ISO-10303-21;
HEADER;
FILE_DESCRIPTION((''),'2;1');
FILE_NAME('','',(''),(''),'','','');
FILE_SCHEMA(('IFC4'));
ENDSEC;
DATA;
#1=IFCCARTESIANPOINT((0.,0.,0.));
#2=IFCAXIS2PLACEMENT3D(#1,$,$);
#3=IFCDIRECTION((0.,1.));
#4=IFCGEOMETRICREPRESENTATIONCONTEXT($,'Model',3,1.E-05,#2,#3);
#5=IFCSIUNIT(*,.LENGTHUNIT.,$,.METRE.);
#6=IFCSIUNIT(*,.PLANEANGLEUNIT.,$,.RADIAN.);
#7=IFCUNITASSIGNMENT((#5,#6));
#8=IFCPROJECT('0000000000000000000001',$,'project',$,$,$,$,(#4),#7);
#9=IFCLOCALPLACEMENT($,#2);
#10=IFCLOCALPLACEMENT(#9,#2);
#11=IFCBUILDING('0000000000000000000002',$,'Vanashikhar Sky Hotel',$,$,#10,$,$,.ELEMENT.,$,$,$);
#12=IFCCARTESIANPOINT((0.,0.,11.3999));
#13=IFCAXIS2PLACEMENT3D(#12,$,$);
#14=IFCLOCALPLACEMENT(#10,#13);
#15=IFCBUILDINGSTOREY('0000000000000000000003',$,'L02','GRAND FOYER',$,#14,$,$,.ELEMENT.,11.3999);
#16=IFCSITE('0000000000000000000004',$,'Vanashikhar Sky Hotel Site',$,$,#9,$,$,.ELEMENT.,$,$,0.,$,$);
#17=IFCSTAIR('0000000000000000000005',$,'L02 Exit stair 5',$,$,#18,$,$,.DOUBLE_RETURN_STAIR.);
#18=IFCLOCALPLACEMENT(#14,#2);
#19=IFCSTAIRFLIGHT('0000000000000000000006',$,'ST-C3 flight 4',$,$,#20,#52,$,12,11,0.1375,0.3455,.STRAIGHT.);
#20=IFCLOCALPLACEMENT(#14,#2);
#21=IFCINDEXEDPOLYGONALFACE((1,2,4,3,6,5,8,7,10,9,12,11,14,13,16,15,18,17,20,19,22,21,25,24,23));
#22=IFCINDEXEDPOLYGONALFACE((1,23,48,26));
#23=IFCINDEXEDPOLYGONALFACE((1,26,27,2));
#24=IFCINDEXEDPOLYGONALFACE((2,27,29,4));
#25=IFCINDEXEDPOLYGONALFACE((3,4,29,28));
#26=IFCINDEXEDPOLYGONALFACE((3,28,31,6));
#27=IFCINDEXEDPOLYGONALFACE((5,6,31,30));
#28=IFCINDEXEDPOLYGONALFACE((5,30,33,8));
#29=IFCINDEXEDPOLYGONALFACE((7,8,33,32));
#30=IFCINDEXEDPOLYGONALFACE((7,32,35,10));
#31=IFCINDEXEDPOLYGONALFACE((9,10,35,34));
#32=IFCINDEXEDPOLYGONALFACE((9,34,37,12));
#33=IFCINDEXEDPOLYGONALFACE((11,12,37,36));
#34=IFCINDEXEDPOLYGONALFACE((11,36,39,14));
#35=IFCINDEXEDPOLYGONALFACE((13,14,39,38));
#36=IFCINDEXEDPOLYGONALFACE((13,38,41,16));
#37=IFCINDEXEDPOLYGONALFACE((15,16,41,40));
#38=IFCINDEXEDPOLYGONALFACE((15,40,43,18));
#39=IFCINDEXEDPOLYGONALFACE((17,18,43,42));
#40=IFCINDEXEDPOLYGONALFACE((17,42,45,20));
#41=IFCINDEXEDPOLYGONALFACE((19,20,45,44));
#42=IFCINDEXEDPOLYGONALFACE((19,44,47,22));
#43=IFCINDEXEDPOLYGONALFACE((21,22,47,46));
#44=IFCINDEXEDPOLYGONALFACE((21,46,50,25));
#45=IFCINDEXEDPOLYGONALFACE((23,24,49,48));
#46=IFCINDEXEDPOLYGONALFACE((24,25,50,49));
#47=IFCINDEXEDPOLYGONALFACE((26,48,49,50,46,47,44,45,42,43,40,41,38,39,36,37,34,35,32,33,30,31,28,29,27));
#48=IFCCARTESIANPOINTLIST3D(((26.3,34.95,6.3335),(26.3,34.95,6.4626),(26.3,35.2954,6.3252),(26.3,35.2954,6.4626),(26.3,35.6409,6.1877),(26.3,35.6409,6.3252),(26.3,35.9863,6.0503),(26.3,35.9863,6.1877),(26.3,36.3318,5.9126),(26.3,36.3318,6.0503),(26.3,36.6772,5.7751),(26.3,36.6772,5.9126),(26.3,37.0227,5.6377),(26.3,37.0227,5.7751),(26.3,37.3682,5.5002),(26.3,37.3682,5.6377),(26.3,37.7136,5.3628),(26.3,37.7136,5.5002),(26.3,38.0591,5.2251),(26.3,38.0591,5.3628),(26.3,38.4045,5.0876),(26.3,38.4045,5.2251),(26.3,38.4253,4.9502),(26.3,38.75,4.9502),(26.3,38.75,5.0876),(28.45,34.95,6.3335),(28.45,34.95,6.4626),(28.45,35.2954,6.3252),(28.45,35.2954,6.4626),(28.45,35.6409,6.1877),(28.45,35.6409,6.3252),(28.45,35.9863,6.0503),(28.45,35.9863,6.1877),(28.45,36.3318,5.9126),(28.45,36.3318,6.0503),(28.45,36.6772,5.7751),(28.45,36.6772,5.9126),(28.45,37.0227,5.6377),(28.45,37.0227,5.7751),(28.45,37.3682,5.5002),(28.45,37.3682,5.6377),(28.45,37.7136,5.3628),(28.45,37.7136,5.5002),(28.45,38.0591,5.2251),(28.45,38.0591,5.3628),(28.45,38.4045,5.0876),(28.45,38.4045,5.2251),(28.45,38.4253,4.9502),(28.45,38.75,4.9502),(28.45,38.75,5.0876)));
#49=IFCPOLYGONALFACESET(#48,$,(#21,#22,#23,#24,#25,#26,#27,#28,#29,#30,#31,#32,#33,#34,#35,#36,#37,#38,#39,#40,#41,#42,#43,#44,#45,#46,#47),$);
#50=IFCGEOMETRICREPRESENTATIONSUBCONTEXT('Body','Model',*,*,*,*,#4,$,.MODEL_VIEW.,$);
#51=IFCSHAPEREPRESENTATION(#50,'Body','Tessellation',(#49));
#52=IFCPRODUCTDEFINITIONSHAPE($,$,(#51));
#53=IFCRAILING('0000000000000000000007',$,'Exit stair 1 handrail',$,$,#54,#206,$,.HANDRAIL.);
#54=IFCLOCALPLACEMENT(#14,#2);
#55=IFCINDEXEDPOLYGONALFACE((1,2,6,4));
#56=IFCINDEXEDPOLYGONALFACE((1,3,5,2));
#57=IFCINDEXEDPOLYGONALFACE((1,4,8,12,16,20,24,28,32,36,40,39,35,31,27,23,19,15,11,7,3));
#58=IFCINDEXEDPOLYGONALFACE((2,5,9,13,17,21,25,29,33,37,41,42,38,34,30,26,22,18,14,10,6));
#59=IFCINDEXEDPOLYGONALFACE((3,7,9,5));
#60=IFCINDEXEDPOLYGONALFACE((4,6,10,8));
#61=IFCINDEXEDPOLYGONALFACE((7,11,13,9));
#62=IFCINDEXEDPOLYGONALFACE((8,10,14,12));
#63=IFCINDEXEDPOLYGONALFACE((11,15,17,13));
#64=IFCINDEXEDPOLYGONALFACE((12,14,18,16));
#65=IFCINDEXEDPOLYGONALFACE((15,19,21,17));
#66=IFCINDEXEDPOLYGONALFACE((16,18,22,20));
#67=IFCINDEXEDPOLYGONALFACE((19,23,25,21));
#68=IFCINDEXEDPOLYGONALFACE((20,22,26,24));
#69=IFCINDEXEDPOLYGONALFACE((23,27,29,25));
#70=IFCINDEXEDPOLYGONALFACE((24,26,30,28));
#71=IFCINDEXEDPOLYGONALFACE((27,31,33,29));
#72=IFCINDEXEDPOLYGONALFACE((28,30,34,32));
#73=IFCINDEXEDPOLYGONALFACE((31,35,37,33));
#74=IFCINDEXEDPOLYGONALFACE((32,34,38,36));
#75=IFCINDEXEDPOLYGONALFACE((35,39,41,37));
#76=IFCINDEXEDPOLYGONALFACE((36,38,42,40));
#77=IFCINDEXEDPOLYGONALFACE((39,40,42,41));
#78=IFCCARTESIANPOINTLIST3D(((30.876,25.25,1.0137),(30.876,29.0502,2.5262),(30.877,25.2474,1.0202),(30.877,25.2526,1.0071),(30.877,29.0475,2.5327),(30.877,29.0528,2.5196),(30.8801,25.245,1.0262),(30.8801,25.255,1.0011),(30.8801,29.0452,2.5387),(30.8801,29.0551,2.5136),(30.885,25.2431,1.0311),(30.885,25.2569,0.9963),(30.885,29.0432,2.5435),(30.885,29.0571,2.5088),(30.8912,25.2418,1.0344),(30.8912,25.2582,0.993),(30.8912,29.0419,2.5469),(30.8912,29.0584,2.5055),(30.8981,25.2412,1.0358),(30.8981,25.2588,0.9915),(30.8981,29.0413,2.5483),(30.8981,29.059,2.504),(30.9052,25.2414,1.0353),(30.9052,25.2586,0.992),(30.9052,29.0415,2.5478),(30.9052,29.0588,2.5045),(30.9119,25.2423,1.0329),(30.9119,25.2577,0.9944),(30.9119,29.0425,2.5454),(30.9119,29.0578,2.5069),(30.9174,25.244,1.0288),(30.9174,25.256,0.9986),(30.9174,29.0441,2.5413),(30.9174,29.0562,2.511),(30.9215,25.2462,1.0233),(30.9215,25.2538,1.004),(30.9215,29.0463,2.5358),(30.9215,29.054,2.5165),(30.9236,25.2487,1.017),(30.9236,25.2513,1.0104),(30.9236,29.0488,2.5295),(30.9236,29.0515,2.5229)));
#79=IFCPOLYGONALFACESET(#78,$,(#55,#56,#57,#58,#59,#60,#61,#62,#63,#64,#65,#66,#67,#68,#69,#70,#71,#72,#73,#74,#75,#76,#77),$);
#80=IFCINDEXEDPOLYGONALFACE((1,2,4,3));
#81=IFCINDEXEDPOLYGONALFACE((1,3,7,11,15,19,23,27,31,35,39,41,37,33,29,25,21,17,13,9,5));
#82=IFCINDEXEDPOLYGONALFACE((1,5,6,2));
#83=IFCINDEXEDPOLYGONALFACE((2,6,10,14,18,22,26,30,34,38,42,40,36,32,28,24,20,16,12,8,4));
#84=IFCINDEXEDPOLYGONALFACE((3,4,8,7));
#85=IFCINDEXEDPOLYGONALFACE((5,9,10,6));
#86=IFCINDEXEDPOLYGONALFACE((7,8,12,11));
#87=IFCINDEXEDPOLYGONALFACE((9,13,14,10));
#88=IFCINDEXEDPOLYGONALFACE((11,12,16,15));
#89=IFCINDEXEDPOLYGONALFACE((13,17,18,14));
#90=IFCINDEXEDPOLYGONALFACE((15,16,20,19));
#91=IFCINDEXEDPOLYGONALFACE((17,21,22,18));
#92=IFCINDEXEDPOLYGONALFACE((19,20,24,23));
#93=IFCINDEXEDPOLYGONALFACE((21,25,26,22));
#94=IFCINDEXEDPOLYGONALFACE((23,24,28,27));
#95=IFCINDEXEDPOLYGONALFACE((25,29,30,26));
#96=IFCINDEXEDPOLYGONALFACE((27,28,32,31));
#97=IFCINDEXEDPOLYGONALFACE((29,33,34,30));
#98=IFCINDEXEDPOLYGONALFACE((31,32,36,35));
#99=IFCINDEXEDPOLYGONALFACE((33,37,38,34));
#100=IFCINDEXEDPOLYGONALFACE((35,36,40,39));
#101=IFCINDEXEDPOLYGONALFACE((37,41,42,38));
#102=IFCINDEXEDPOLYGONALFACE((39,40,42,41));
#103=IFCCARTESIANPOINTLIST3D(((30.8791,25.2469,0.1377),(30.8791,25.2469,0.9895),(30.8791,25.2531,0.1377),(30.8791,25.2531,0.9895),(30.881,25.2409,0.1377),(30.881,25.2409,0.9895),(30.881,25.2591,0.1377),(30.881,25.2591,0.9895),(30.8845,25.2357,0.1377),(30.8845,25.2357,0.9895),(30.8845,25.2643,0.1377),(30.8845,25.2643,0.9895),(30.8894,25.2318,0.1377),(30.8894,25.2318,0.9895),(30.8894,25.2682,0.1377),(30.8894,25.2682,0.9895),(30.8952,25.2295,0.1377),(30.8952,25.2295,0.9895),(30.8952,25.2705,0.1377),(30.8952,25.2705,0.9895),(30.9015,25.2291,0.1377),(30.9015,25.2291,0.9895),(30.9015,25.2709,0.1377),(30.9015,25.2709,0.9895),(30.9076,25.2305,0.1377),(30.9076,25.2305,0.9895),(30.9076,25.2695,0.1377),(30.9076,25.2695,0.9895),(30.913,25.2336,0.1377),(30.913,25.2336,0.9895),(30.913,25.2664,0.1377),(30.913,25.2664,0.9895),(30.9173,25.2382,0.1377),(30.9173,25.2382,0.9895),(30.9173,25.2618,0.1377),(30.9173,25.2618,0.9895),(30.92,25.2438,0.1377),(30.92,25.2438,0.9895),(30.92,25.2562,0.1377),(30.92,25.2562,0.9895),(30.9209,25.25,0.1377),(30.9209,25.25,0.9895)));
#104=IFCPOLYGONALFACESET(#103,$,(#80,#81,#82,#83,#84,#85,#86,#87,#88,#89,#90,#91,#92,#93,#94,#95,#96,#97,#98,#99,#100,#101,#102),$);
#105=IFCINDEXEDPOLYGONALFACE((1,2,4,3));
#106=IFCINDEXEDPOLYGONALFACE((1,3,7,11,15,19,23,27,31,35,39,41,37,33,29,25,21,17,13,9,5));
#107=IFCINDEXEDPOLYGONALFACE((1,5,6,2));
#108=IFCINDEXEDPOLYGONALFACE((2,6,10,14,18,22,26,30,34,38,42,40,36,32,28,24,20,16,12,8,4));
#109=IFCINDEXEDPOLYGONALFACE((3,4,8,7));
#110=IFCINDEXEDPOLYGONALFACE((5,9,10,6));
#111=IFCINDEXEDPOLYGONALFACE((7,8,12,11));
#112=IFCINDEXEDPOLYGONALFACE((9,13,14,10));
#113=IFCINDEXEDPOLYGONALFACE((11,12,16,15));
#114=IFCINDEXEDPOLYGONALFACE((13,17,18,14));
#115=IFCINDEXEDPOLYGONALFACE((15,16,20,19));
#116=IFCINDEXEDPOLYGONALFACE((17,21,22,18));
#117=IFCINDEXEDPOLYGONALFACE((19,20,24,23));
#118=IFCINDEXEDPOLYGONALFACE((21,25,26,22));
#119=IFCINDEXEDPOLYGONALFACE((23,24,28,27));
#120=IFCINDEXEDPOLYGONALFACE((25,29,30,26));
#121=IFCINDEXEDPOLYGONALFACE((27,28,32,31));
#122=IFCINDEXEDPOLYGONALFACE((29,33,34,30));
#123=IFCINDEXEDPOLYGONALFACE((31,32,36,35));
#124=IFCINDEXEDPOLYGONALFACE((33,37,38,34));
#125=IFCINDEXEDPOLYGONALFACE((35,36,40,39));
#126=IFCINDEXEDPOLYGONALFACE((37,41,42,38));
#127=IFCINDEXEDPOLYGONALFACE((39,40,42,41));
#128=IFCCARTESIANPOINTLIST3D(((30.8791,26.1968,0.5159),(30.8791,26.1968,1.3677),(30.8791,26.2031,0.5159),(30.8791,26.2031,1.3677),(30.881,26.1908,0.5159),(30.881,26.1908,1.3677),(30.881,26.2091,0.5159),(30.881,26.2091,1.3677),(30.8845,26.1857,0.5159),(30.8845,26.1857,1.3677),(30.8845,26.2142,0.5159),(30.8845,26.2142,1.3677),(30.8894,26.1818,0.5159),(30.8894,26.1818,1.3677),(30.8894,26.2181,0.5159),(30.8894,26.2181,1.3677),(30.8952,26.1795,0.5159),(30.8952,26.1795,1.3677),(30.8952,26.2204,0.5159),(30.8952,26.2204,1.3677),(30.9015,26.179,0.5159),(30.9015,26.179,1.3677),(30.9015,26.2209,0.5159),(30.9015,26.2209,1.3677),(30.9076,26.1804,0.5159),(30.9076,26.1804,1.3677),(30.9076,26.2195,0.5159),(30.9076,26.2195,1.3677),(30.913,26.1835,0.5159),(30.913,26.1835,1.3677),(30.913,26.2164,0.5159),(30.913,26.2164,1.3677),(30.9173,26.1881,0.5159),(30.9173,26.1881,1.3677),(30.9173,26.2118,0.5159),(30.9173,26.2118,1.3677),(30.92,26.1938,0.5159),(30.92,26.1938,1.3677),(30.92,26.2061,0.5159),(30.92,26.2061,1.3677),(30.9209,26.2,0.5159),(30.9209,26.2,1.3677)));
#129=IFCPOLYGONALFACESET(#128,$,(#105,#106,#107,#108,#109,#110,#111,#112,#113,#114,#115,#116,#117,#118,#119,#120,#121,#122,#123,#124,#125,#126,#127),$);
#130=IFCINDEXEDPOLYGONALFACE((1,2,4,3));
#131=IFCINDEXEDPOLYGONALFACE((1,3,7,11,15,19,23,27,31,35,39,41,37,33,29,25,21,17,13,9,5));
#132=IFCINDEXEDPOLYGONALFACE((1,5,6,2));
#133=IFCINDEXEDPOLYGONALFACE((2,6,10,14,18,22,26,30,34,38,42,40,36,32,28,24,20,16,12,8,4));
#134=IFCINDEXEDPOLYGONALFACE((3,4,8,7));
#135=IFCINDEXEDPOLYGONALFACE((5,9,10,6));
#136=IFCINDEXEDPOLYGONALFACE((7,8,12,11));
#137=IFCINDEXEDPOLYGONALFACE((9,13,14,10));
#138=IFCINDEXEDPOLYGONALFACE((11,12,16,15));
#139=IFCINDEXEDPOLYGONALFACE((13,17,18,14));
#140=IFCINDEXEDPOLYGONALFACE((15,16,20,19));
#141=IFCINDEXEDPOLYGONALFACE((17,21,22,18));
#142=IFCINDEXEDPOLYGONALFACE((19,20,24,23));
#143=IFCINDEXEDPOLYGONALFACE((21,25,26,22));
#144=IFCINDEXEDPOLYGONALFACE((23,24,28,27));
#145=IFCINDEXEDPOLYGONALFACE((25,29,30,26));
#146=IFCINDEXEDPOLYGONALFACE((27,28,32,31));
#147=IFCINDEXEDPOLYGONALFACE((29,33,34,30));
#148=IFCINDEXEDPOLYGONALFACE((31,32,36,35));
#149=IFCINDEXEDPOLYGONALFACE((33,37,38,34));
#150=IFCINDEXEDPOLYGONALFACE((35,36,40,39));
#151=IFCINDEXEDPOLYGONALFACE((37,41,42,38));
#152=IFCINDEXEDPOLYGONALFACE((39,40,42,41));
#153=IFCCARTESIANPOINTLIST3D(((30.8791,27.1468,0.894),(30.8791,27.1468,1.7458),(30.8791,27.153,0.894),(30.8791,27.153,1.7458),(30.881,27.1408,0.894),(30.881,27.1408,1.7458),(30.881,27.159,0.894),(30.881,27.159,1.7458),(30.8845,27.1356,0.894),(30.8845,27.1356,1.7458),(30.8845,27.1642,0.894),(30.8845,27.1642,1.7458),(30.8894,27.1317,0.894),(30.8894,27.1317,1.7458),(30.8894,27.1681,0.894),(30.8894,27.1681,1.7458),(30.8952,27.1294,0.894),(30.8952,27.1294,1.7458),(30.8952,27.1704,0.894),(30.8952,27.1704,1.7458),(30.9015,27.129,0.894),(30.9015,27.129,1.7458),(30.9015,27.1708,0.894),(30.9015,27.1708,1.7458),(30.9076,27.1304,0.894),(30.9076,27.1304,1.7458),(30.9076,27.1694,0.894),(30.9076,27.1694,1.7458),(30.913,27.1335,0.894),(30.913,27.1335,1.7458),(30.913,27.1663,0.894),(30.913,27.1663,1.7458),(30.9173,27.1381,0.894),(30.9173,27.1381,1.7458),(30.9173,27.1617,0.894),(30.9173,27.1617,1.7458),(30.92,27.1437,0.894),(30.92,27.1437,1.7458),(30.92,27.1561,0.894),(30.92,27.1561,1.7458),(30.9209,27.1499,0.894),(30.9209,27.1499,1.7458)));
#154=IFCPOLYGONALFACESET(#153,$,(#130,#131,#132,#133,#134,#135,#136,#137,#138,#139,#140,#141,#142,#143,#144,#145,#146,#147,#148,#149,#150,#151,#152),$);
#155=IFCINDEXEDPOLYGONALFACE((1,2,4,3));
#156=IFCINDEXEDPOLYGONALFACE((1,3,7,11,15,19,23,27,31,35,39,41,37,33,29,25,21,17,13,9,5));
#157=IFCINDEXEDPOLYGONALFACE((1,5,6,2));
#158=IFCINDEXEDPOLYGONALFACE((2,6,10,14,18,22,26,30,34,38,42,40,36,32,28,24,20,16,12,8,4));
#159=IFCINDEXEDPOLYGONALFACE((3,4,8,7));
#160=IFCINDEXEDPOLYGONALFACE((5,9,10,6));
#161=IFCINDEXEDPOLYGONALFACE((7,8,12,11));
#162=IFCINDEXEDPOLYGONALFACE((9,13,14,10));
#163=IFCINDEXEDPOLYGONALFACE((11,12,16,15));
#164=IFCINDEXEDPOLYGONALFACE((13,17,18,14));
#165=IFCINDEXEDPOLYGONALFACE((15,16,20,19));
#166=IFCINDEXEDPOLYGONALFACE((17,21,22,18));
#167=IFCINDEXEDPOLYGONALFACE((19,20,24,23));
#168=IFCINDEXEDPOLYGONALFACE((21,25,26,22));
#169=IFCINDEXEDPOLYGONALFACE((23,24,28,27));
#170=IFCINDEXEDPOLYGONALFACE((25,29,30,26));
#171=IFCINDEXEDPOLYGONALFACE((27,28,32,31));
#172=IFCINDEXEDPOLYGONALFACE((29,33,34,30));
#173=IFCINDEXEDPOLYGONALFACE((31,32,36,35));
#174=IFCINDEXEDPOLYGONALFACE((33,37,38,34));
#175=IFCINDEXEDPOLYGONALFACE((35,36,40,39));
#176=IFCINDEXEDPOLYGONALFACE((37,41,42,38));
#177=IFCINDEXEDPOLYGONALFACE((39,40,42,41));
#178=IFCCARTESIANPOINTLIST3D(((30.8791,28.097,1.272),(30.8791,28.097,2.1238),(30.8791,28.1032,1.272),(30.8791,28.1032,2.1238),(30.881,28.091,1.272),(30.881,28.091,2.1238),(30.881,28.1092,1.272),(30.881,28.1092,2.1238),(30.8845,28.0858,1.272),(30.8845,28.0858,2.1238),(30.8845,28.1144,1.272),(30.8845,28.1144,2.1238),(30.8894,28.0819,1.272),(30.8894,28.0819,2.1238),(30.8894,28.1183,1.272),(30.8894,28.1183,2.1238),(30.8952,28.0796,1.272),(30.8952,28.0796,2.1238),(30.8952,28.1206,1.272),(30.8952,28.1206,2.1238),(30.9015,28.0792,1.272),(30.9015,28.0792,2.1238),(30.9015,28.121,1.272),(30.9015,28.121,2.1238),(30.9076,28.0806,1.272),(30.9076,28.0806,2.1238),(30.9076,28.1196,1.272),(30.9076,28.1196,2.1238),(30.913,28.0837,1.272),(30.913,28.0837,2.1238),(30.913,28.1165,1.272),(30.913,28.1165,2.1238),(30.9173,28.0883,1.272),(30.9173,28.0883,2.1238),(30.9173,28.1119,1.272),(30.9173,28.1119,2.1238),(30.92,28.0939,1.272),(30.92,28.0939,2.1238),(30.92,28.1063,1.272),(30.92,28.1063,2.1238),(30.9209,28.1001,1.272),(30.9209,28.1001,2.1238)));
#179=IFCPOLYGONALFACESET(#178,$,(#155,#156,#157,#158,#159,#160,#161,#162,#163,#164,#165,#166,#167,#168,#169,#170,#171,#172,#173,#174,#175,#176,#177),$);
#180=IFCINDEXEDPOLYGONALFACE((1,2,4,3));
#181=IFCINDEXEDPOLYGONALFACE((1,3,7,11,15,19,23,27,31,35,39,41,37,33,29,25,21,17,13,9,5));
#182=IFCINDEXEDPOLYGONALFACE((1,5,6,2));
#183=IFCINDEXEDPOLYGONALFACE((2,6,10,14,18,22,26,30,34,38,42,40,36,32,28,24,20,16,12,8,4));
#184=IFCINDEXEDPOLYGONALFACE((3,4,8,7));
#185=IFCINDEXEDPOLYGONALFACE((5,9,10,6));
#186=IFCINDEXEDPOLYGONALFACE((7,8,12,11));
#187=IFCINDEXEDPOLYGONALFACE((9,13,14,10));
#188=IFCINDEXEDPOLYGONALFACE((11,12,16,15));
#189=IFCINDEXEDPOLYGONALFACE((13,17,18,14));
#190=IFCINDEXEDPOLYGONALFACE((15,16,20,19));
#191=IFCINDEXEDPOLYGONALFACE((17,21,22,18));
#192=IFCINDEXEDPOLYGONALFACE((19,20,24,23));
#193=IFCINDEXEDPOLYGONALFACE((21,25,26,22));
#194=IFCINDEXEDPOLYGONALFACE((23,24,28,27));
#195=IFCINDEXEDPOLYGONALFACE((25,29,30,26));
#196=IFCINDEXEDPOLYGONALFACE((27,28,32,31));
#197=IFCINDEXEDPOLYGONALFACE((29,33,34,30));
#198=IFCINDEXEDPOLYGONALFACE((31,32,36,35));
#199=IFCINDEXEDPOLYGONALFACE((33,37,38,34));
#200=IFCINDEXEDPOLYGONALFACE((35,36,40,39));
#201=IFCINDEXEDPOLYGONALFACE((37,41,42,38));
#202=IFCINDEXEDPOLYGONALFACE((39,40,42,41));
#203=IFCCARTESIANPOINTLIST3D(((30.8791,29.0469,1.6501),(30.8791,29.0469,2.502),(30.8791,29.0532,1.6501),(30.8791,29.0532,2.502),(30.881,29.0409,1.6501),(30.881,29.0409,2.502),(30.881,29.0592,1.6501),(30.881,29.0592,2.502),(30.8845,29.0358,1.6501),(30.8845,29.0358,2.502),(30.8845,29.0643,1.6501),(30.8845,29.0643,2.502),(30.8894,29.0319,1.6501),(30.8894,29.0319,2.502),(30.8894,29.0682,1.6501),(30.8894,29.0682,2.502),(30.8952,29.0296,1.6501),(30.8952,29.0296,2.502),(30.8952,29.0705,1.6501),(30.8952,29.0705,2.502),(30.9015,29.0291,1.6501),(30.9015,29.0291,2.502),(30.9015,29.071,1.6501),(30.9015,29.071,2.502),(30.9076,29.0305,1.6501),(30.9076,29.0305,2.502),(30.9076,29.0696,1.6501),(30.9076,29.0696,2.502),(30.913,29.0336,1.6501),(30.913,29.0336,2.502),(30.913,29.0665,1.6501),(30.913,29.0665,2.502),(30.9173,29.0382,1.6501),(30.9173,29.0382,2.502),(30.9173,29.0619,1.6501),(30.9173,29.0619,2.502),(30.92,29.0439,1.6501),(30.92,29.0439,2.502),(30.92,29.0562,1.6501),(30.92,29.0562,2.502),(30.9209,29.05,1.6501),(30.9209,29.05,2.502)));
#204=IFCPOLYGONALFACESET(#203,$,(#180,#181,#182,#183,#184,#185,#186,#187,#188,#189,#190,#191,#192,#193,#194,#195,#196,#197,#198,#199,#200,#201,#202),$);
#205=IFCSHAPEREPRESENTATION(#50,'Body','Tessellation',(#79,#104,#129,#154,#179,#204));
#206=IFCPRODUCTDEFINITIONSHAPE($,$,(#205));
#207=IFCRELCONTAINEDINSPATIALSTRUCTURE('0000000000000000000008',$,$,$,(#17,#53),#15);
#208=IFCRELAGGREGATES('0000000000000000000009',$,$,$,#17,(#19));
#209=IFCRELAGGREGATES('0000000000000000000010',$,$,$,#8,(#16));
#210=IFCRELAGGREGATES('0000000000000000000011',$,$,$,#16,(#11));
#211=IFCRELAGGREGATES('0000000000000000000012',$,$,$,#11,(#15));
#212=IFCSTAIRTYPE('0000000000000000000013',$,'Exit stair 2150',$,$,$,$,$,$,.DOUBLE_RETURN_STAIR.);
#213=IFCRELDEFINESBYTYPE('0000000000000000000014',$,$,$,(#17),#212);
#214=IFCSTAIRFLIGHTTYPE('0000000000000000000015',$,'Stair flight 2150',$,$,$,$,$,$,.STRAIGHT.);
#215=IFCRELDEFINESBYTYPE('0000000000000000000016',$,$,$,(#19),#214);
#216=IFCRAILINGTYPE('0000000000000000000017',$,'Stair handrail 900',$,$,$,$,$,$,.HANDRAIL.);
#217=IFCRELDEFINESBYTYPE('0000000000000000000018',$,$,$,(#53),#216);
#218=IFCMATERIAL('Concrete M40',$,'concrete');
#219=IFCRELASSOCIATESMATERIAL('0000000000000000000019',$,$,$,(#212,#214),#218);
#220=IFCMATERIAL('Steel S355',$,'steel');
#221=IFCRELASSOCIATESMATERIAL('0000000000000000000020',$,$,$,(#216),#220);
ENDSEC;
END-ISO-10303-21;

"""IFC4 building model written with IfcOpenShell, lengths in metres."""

from ifc_helpers import new_model, si_unit, direction, frame, origin, origin_2d, place, context, subcontext, project, spatial, polyline, circle, outline, extrude, source, transform, mapped, material, type_object, element, aggregate, save


model = new_model("IFC4")

# Units and contexts
model_context = context("Model", 3, precision=1e-05, world=origin(), true_north=direction((0.0, 1.0)))
body_context = subcontext(model_context, "Body", "Model", "MODEL_VIEW")
ifc_project = project(units=[si_unit("LENGTHUNIT", "METRE"), si_unit("PLANEANGLEUNIT", "RADIAN")], contexts=[model_context])

# Site, building, storey
site_placement = place(None, origin())
site = spatial("IfcSite", under=ifc_project, at=site_placement, Name="Vanashikhar Sky Hotel Site", CompositionType="ELEMENT", RefElevation=0.0)
building_placement = place(site_placement, origin())
building = spatial("IfcBuilding", under=site, at=building_placement, Name="Vanashikhar Sky Hotel", CompositionType="ELEMENT")
storey_placement = place(building_placement, frame((0.0, 0.0, 11.3999)))
storey = spatial("IfcBuildingStorey", under=building, at=storey_placement, Name="L02", Description="GRAND FOYER", CompositionType="ELEMENT", Elevation=11.3999)

# Stair, stair flight
ifc_material_1 = material(Name="Concrete M40", Category="concrete")
stair_type = type_object("IfcStairType", Name="Exit stair 2150", PredefinedType="DOUBLE_RETURN_STAIR", material=ifc_material_1)
stair_flight_type = type_object("IfcStairFlightType", Name="Stair flight 2150", PredefinedType="STRAIGHT", material=ifc_material_1)
shared_shape_1 = source(origin(), body_context, "Body", "SweptSolid", [
    extrude(outline(polyline([(0.0, 0.0), (0.0, 0.1375), (0.3455, 0.1375), (0.3455, 0.2749), (0.6909, 0.2749), (0.6909, 0.4126), (1.0364, 0.4126), (1.0364, 0.55), (1.3818, 0.55), (1.3818, 0.6875), (1.7273, 0.6875), (1.7273, 0.825), (2.0728, 0.825), (2.0728, 0.9624), (2.4182, 0.9624), (2.4182, 1.1001), (2.7637, 1.1001), (2.7637, 1.2375), (3.1091, 1.2375), (3.1091, 1.375), (3.4546, 1.375), (3.4546, 1.5125), (3.8, 1.5125), (3.8, 1.6499), (3.8, 1.3833), (0.3247, 0.0), (0.0, 0.0)])), frame((0.0, 1.075, 0.0), z_axis=(0.0, -1.0, 0.0), x_axis=(1.0, 0.0, 0.0)), (0.0, 0.0, 1.0), 2.1499),
])
stair_1_placement = place(storey_placement, origin())
stair_1 = element("IfcStair", 1, at=stair_1_placement, inside=storey, type_object=stair_type, Name="L02 Exit stair 5", PredefinedType="DOUBLE_RETURN_STAIR")
stair_flight_1_placement = place(storey_placement, frame((27.375, 38.75, 4.9502), z_axis=(0.0, 0.0, 1.0), x_axis=(0.0, -1.0, 0.0)))
stair_flight_1 = element("IfcStairFlight", 2, at=stair_flight_1_placement, type_object=stair_flight_type, Name="ST-C3 flight 4", NumberOfRisers=12, NumberOfTreads=11, PredefinedType="STRAIGHT", RiserHeight=0.1375, TreadLength=0.3455, context=body_context, shape_type="MappedRepresentation", body=[
    mapped(shared_shape_1, transform((0.0, 0.0, 0.0), scale=1.0)),
])
aggregate(stair_1, [stair_flight_1])

# Railing
ifc_material_2 = material(Name="Steel S355", Category="steel")
railing_type_1 = type_object("IfcRailingType", Name="Stair handrail 900", PredefinedType="HANDRAIL", material=ifc_material_2)
shared_shape_2 = source(origin(), body_context, "Body", "SweptSolid", [
    extrude(circle(Radius=0.0239, at=origin_2d()), frame((0.0, 0.0, 0.876), z_axis=(0.0, 0.929113, 0.369795), x_axis=(-1.0, 0.0, 0.0)), (0.0, 0.0, 1.0), 4.0901),
    extrude(circle(Radius=0.021, at=origin_2d()), origin(), (0.0, 0.0, 1.0), 0.8518),
    extrude(circle(Radius=0.021, at=origin_2d()), frame((0.0, 0.95, 0.3782)), (0.0, 0.0, 1.0), 0.8518),
    extrude(circle(Radius=0.021, at=origin_2d()), frame((0.0, 1.8999, 0.7563)), (0.0, 0.0, 1.0), 0.8518),
    extrude(circle(Radius=0.021, at=origin_2d()), frame((0.0, 2.8501, 1.1343)), (0.0, 0.0, 1.0), 0.8518),
    extrude(circle(Radius=0.021, at=origin_2d()), frame((0.0, 3.8, 1.5125)), (0.0, 0.0, 1.0), 0.8518),
])
for number, where, name in (
    (3, (30.8999, 25.25, 0.1377), "Exit stair 1 handrail"),
):
    element("IfcRailing", number, at=place(storey_placement, frame(where)), inside=storey, type_object=railing_type_1, Name=name, PredefinedType="HANDRAIL", context=body_context, shape_type="MappedRepresentation", body=[
        mapped(shared_shape_2, transform((0.0, 0.0, 0.0), scale=1.0)),
    ])

save(model, "model.ifc")
